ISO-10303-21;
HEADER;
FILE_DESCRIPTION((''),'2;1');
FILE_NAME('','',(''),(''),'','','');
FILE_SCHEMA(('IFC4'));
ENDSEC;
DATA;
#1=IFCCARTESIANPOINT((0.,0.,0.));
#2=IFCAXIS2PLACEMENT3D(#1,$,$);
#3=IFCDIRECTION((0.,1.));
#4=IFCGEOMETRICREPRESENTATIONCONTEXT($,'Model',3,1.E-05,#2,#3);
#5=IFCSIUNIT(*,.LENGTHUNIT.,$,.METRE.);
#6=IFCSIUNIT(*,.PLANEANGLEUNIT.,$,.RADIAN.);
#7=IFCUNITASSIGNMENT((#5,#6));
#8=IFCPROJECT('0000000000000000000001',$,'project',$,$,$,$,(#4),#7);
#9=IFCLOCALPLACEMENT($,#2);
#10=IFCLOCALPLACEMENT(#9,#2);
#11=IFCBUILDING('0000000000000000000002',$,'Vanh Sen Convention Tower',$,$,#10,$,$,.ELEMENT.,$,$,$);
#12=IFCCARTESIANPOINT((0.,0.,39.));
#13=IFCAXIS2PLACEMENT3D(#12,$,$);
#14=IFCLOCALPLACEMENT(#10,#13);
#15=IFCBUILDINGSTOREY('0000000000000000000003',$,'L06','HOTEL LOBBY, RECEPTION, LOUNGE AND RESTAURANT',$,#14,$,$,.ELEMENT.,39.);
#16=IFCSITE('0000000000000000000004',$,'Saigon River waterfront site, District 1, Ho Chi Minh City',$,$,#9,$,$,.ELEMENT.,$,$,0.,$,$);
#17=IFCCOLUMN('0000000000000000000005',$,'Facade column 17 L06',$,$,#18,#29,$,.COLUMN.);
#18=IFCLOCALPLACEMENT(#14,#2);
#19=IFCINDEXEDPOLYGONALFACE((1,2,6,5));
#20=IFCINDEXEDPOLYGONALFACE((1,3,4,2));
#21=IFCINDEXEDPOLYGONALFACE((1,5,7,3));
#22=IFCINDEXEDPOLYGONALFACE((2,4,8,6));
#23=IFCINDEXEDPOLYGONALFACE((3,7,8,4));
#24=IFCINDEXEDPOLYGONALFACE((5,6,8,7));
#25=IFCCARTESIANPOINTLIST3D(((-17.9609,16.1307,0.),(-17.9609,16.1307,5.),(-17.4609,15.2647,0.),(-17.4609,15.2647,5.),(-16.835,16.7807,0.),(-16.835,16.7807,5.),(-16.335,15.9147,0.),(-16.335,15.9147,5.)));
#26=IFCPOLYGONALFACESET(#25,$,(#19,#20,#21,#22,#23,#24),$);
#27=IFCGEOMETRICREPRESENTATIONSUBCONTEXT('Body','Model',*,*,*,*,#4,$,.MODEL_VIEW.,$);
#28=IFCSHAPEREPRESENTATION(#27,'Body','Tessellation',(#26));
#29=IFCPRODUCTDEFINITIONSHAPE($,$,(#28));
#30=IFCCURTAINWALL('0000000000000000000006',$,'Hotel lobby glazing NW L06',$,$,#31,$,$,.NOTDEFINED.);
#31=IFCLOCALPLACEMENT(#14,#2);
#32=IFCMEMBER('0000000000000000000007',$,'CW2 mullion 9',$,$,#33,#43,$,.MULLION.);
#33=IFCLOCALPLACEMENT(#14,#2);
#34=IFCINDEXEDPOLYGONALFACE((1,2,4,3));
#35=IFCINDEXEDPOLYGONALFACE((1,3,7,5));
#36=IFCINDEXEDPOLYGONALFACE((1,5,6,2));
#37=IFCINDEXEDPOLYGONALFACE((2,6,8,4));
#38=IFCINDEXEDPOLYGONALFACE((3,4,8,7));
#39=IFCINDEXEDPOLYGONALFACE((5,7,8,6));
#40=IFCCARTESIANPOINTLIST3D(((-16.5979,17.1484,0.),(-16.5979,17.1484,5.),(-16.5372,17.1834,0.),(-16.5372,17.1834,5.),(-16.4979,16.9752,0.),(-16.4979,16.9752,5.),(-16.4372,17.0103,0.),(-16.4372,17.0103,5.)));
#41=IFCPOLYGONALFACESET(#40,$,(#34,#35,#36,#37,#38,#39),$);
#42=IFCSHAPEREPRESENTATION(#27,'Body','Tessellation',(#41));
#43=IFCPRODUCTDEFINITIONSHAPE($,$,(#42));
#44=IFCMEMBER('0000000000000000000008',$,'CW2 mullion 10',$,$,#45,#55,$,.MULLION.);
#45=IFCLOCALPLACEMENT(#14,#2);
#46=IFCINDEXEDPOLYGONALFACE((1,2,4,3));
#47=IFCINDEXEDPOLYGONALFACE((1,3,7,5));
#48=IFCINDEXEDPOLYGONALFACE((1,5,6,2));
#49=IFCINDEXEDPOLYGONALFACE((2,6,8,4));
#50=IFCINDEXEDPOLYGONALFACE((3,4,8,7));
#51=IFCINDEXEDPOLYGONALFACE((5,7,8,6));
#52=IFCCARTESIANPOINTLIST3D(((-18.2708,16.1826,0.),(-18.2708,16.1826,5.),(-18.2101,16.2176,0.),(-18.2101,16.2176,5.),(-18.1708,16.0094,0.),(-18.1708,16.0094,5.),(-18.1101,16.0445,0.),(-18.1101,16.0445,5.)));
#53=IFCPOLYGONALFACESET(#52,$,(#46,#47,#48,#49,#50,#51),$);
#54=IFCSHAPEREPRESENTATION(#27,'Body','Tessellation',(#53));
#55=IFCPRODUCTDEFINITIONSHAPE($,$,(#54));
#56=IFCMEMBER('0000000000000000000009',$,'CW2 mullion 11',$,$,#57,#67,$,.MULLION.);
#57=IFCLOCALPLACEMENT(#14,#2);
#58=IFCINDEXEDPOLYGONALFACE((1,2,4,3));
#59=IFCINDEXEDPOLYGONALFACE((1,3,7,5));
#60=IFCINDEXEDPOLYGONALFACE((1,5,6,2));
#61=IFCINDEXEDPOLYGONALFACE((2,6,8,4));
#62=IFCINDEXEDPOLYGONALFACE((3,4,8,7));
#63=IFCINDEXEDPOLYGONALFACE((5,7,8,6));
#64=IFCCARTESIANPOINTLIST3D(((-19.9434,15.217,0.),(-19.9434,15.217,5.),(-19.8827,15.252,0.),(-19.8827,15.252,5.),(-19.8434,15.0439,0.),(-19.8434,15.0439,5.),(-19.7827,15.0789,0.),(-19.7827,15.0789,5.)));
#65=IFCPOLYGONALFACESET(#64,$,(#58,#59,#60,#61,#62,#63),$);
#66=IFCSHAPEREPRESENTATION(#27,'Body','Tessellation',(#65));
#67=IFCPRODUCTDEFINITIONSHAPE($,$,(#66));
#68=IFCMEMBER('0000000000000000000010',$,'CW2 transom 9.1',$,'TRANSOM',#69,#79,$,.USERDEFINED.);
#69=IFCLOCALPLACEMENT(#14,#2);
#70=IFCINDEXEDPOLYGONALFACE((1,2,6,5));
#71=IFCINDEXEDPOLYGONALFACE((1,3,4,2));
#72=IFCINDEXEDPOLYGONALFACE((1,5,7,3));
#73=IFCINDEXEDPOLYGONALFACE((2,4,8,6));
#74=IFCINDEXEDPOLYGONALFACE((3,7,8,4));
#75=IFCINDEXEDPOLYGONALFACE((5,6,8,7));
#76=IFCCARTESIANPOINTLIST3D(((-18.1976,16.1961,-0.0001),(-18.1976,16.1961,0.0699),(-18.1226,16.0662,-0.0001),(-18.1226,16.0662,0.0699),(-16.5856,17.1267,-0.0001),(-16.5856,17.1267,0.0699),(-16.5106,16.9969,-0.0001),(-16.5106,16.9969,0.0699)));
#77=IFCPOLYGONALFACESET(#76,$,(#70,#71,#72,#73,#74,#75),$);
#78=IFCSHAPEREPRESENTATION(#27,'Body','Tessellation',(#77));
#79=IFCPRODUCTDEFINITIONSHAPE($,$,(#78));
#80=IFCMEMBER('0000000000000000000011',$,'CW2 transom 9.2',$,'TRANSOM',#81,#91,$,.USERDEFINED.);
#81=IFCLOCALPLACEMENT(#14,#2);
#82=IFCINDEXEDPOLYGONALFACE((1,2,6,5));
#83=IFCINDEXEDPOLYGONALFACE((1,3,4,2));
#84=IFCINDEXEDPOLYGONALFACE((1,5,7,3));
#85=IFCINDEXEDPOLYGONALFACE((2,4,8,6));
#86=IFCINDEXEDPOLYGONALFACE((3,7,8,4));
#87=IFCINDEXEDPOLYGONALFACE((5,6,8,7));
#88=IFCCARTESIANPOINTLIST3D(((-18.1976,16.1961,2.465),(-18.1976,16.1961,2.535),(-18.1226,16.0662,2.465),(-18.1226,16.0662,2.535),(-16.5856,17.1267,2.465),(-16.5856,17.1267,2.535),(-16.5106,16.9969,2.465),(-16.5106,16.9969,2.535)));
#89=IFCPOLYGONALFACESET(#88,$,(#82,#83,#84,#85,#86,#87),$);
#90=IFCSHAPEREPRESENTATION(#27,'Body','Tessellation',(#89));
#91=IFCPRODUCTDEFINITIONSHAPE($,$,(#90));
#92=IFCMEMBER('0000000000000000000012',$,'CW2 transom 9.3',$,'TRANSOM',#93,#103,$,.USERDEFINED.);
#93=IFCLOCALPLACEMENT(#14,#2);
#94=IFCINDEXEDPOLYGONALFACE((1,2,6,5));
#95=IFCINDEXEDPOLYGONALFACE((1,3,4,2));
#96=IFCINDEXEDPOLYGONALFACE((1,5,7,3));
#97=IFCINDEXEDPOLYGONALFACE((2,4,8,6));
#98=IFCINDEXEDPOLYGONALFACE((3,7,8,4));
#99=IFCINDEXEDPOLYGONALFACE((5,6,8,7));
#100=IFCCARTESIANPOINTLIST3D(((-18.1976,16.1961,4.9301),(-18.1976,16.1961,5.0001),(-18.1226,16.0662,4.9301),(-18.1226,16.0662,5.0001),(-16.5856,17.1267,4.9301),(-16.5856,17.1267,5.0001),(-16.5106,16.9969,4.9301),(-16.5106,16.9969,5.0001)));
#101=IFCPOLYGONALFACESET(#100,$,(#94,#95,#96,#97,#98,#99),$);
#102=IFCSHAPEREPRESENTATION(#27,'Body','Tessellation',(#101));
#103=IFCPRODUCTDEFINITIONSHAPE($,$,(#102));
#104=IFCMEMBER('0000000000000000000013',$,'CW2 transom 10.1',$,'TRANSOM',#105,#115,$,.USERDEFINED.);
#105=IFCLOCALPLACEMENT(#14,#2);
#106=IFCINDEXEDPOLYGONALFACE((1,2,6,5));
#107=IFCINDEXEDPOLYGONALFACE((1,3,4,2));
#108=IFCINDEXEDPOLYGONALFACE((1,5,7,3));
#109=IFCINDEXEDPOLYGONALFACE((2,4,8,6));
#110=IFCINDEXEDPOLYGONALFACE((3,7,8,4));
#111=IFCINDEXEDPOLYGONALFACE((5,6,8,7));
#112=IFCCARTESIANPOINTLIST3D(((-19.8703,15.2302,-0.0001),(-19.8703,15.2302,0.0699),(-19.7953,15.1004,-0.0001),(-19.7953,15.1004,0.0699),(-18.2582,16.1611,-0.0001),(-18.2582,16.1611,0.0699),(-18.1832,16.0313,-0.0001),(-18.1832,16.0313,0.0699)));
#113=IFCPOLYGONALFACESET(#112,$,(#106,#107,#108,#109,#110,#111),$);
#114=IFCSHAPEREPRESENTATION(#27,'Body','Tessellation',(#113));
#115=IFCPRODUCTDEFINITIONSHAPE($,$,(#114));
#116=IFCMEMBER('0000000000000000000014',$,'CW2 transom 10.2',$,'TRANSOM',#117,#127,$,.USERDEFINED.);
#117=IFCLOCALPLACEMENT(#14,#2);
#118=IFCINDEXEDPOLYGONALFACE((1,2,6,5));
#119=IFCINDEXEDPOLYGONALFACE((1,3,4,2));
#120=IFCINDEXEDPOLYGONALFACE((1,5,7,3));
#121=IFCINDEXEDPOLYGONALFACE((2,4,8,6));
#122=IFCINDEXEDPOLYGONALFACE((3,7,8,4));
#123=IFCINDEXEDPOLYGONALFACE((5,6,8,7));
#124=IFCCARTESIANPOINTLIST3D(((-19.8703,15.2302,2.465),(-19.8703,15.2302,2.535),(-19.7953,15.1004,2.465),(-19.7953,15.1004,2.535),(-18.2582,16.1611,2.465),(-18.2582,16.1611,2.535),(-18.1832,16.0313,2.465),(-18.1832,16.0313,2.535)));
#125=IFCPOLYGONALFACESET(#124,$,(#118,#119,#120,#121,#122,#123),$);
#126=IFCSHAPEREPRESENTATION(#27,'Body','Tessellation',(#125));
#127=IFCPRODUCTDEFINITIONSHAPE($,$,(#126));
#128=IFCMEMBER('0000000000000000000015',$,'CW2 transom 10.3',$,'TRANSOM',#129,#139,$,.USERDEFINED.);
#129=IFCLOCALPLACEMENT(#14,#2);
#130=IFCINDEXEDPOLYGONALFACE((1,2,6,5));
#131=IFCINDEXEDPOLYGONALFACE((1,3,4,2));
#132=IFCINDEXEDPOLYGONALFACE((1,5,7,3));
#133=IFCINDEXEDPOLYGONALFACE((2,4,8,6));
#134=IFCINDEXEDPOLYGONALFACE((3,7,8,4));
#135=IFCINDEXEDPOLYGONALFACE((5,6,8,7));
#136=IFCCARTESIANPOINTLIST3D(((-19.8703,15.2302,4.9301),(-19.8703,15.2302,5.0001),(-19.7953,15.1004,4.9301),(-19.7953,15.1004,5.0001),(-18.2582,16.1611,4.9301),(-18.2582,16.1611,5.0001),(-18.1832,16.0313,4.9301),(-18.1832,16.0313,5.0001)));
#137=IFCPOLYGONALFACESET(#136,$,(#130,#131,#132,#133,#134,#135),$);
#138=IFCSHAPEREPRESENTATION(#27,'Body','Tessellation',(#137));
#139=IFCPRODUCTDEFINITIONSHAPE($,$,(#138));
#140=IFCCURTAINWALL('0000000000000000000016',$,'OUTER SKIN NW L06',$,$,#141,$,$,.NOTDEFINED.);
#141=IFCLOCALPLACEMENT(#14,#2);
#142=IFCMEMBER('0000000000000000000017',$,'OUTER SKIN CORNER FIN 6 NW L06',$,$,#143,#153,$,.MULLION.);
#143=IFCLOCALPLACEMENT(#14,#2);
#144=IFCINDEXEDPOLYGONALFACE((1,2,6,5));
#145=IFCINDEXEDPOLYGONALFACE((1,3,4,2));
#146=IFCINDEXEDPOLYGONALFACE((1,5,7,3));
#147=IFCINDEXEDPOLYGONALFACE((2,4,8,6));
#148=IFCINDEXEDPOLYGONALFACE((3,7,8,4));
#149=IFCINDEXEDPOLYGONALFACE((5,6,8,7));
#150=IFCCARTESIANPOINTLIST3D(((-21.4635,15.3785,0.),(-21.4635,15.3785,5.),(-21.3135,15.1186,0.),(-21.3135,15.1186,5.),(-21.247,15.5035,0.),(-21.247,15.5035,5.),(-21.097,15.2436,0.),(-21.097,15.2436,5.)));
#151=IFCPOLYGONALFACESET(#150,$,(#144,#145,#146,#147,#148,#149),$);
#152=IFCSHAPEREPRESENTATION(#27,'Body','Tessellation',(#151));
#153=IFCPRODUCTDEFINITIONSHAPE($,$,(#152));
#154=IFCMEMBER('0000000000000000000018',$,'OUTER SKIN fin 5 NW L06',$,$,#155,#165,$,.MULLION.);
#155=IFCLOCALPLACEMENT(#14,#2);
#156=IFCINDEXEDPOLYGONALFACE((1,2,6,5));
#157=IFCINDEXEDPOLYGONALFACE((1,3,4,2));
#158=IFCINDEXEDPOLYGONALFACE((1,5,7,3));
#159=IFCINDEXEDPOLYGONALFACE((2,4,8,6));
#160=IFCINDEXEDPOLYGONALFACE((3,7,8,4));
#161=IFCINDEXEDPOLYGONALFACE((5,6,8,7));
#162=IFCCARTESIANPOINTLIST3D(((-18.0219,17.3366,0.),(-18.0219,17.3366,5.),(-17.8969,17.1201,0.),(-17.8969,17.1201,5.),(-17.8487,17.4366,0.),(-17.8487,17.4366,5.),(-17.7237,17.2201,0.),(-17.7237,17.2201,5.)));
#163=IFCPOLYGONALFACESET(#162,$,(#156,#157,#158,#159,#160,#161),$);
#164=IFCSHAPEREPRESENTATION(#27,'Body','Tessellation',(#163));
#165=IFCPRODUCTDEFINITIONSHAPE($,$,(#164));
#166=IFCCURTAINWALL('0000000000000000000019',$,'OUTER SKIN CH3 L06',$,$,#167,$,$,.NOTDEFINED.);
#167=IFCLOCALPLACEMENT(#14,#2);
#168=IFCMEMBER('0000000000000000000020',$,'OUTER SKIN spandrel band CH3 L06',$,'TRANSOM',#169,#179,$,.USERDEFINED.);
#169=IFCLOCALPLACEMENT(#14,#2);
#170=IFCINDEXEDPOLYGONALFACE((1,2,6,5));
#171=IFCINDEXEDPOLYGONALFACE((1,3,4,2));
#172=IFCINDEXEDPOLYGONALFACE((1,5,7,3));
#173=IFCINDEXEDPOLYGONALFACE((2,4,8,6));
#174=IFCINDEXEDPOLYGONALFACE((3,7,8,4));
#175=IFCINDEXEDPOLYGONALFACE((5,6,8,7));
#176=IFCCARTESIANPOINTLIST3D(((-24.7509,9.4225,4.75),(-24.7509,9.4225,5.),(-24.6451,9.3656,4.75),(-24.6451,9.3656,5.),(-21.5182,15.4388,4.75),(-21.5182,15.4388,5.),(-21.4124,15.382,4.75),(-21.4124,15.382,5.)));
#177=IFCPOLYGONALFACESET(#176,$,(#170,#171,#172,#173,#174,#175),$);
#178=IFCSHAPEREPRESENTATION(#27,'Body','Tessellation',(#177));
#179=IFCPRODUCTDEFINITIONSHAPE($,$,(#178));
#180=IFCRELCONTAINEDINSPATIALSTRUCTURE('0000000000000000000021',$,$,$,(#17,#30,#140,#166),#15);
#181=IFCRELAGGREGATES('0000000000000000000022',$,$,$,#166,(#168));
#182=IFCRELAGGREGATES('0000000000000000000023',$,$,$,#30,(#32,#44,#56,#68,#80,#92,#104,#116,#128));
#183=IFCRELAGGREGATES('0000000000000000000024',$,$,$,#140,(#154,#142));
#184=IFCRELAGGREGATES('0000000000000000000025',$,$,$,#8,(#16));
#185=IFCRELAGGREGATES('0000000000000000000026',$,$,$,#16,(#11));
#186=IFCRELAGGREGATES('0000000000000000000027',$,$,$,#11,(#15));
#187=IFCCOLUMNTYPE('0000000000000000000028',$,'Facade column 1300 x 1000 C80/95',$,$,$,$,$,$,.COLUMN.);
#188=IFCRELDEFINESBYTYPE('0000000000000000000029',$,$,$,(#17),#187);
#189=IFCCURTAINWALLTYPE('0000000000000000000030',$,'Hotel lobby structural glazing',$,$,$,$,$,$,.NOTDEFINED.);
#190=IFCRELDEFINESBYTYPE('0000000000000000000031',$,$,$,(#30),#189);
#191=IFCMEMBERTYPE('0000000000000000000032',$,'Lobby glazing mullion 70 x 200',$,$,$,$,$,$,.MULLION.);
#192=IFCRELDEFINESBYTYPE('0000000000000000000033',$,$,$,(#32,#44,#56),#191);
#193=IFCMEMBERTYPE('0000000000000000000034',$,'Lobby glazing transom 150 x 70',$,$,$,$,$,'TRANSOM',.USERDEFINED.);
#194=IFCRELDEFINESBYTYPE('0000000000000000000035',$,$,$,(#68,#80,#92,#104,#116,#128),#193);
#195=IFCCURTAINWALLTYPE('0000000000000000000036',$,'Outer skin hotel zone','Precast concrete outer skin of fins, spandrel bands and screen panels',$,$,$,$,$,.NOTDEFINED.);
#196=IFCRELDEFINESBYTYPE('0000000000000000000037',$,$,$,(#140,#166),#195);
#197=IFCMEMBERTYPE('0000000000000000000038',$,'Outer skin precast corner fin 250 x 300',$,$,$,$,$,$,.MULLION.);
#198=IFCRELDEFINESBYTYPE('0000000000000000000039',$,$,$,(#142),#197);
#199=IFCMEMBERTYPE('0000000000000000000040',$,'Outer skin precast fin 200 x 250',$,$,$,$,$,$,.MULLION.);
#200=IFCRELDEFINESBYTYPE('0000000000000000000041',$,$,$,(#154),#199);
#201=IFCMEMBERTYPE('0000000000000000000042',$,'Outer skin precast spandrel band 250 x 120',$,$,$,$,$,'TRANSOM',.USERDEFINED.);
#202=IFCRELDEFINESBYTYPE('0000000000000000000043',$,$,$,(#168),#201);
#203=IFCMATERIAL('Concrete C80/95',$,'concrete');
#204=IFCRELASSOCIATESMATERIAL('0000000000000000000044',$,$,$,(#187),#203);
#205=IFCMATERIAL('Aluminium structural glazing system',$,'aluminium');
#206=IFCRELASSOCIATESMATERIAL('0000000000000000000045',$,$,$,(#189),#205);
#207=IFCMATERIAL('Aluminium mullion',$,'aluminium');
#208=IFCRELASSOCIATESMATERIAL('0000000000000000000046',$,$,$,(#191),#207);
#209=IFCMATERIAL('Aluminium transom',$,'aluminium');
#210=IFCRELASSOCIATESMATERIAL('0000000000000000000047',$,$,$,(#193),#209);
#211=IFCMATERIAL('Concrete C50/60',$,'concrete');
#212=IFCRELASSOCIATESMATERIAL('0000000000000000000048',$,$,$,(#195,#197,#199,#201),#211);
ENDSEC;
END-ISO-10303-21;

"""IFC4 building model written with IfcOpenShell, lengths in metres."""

from ifc_helpers import new_model, si_unit, direction, frame, origin, origin_2d, place, context, subcontext, project, spatial, rectangle, extrude, material, material_profile, profile_set, type_object, element, aggregate, save


model = new_model("IFC4")

# Units and contexts
model_context = context("Model", 3, precision=1e-05, world=origin(), true_north=direction((0.0, 1.0)))
body_context = subcontext(model_context, "Body", "Model", "MODEL_VIEW")
ifc_project = project(units=[si_unit("LENGTHUNIT", "METRE"), si_unit("PLANEANGLEUNIT", "RADIAN")], contexts=[model_context])

# Site, building, storey
site_placement = place(None, origin())
site = spatial("IfcSite", under=ifc_project, at=site_placement, Name="Saigon River waterfront site, District 1, Ho Chi Minh City", CompositionType="ELEMENT", RefElevation=0.0)
building_placement = place(site_placement, origin())
building = spatial("IfcBuilding", under=site, at=building_placement, Name="Vanh Sen Convention Tower", CompositionType="ELEMENT")
storey_placement = place(building_placement, frame((0.0, 0.0, 39.0)))
storey = spatial("IfcBuildingStorey", under=building, at=storey_placement, Name="L06", Description="HOTEL LOBBY, RECEPTION, LOUNGE AND RESTAURANT", CompositionType="ELEMENT", Elevation=39.0)

# Column
ifc_material_1 = material(Name="Concrete C80/95", Category="concrete")
ifc_material_profile_1 = material_profile(ifc_material_1, rectangle(XDim=1.3, YDim=1.0, at=origin_2d()), Name="RC 1300X1000")
ifc_profile_set_1 = profile_set([ifc_material_profile_1], Name="Concrete C80/95")
column_type = type_object("IfcColumnType", Name="Facade column 1300 x 1000 C80/95", PredefinedType="COLUMN", material=ifc_profile_set_1)
column_placement = place(storey_placement, frame((-17.1479, 16.0227, 0.0), z_axis=(0.0, 0.0, 1.0), x_axis=(-0.866025, -0.5, 0.0)))
element("IfcColumn", 1, at=column_placement, inside=storey, type_object=column_type, Name="Facade column 17 L06", PredefinedType="COLUMN", context=body_context, shape_type="SweptSolid", body=[
    extrude(rectangle(XDim=1.3, YDim=1.0, at=origin_2d()), origin(), (0.0, 0.0, 1.0), 5.0),
])

# Curtain walls, members
ifc_material_2 = material(Name="Aluminium structural glazing system", Category="aluminium")
curtain_wall_type_1 = type_object("IfcCurtainWallType", Name="Hotel lobby structural glazing", PredefinedType="NOTDEFINED", material=ifc_material_2)
curtain_wall_1_placement = place(storey_placement, origin())
curtain_wall_1 = element("IfcCurtainWall", 2, at=curtain_wall_1_placement, inside=storey, type_object=curtain_wall_type_1, Name="Hotel lobby glazing NW L06", PredefinedType="NOTDEFINED")
ifc_material_3 = material(Name="Aluminium mullion", Category="aluminium")
ifc_material_profile_2 = material_profile(ifc_material_3, rectangle(XDim=0.2, YDim=0.0701, at=origin_2d()), Name="Lobby glazing mullion 70 x 200")
ifc_profile_set_2 = profile_set([ifc_material_profile_2], Name="Aluminium mullion")
member_type_1 = type_object("IfcMemberType", Name="Lobby glazing mullion 70 x 200", PredefinedType="MULLION", material=ifc_profile_set_2)
member_1_placement = place(storey_placement, frame((-16.5176, 17.0793, 0.0), z_axis=(0.0, 0.0, 1.0), x_axis=(0.500001, -0.866025, 0.0)))
member_1 = element("IfcMember", 3, at=member_1_placement, type_object=member_type_1, Name="CW2 mullion 9", PredefinedType="MULLION", context=body_context, shape_type="SweptSolid", body=[
    extrude(rectangle(XDim=0.2, YDim=0.0701, at=origin_2d()), origin(), (0.0, 0.0, 1.0), 5.0),
])
member_2_placement = place(storey_placement, frame((-18.1904, 16.1135, 0.0), z_axis=(0.0, 0.0, 1.0), x_axis=(0.500001, -0.866025, 0.0)))
member_2 = element("IfcMember", 4, at=member_2_placement, type_object=member_type_1, Name="CW2 mullion 10", PredefinedType="MULLION", context=body_context, shape_type="SweptSolid", body=[
    extrude(rectangle(XDim=0.2, YDim=0.0701, at=origin_2d()), origin(), (0.0, 0.0, 1.0), 5.0),
])
member_3_placement = place(storey_placement, frame((-19.863, 15.1479, 0.0), z_axis=(0.0, 0.0, 1.0), x_axis=(0.500001, -0.866025, 0.0)))
member_3 = element("IfcMember", 5, at=member_3_placement, type_object=member_type_1, Name="CW2 mullion 11", PredefinedType="MULLION", context=body_context, shape_type="SweptSolid", body=[
    extrude(rectangle(XDim=0.2, YDim=0.0701, at=origin_2d()), origin(), (0.0, 0.0, 1.0), 5.0),
])
ifc_material_4 = material(Name="Aluminium transom", Category="aluminium")
ifc_material_profile_3 = material_profile(ifc_material_4, rectangle(XDim=0.1499, YDim=0.0701, at=origin_2d()), Name="Lobby glazing transom 150 x 70")
ifc_profile_set_3 = profile_set([ifc_material_profile_3], Name="Aluminium transom")
member_type_2 = type_object("IfcMemberType", Name="Lobby glazing transom 150 x 70", ElementType="TRANSOM", PredefinedType="USERDEFINED", material=ifc_profile_set_3)
member_4_placement = place(storey_placement, frame((-16.5481, 17.0618, 0.0349), z_axis=(-0.866039, -0.499976, 0.0), x_axis=(0.499976, -0.866039, 0.0)))
member_4 = element("IfcMember", 6, at=member_4_placement, type_object=member_type_2, Name="CW2 transom 9.1", ObjectType="TRANSOM", PredefinedType="USERDEFINED", context=body_context, shape_type="SweptSolid", body=[
    extrude(rectangle(XDim=0.1499, YDim=0.0701, at=origin_2d()), origin(), (0.0, 0.0, 1.0), 1.8613),
])
member_5_placement = place(storey_placement, frame((-16.5481, 17.0618, 2.5), z_axis=(-0.866039, -0.499976, 0.0), x_axis=(0.499976, -0.866039, 0.0)))
member_5 = element("IfcMember", 7, at=member_5_placement, type_object=member_type_2, Name="CW2 transom 9.2", ObjectType="TRANSOM", PredefinedType="USERDEFINED", context=body_context, shape_type="SweptSolid", body=[
    extrude(rectangle(XDim=0.1499, YDim=0.0701, at=origin_2d()), origin(), (0.0, 0.0, 1.0), 1.8613),
])
member_6_placement = place(storey_placement, frame((-16.5481, 17.0618, 4.9651), z_axis=(-0.866039, -0.499976, 0.0), x_axis=(0.499976, -0.866039, 0.0)))
member_6 = element("IfcMember", 8, at=member_6_placement, type_object=member_type_2, Name="CW2 transom 9.3", ObjectType="TRANSOM", PredefinedType="USERDEFINED", context=body_context, shape_type="SweptSolid", body=[
    extrude(rectangle(XDim=0.1499, YDim=0.0701, at=origin_2d()), origin(), (0.0, 0.0, 1.0), 1.8613),
])
member_7_placement = place(storey_placement, frame((-18.2207, 16.0962, 0.0349), z_axis=(-0.865982, -0.500074, 0.0), x_axis=(0.500074, -0.865982, 0.0)))
member_7 = element("IfcMember", 9, at=member_7_placement, type_object=member_type_2, Name="CW2 transom 10.1", ObjectType="TRANSOM", PredefinedType="USERDEFINED", context=body_context, shape_type="SweptSolid", body=[
    extrude(rectangle(XDim=0.1499, YDim=0.0701, at=origin_2d()), origin(), (0.0, 0.0, 1.0), 1.8616),
])
member_8_placement = place(storey_placement, frame((-18.2207, 16.0962, 2.5), z_axis=(-0.865982, -0.500074, 0.0), x_axis=(0.500074, -0.865982, 0.0)))
member_8 = element("IfcMember", 10, at=member_8_placement, type_object=member_type_2, Name="CW2 transom 10.2", ObjectType="TRANSOM", PredefinedType="USERDEFINED", context=body_context, shape_type="SweptSolid", body=[
    extrude(rectangle(XDim=0.1499, YDim=0.0701, at=origin_2d()), origin(), (0.0, 0.0, 1.0), 1.8616),
])
member_9_placement = place(storey_placement, frame((-18.2207, 16.0962, 4.9651), z_axis=(-0.865982, -0.500074, 0.0), x_axis=(0.500074, -0.865982, 0.0)))
member_9 = element("IfcMember", 11, at=member_9_placement, type_object=member_type_2, Name="CW2 transom 10.3", ObjectType="TRANSOM", PredefinedType="USERDEFINED", context=body_context, shape_type="SweptSolid", body=[
    extrude(rectangle(XDim=0.1499, YDim=0.0701, at=origin_2d()), origin(), (0.0, 0.0, 1.0), 1.8616),
])
ifc_material_5 = material(Name="Concrete C50/60", Category="concrete")
curtain_wall_type_2 = type_object("IfcCurtainWallType", Name="Outer skin hotel zone", Description="Precast concrete outer skin of fins, spandrel bands and screen panels", PredefinedType="NOTDEFINED", material=ifc_material_5)
curtain_wall_2_placement = place(storey_placement, origin())
curtain_wall_2 = element("IfcCurtainWall", 12, at=curtain_wall_2_placement, inside=storey, type_object=curtain_wall_type_2, Name="OUTER SKIN NW L06", PredefinedType="NOTDEFINED")
ifc_material_profile_4 = material_profile(ifc_material_5, rectangle(XDim=0.25, YDim=0.3, at=origin_2d()), Name="Outer skin precast corner fin 250 x 300")
ifc_profile_set_4 = profile_set([ifc_material_profile_4], Name="Concrete C50/60")
member_type_3 = type_object("IfcMemberType", Name="Outer skin precast corner fin 250 x 300", PredefinedType="MULLION", material=ifc_profile_set_4)
member_10_placement = place(storey_placement, frame((-21.2803, 15.311, 0.0), z_axis=(0.0, 0.0, 1.0), x_axis=(-0.866025, -0.5, 0.0)))
member_10 = element("IfcMember", 13, at=member_10_placement, type_object=member_type_3, Name="OUTER SKIN CORNER FIN 6 NW L06", PredefinedType="MULLION", context=body_context, shape_type="SweptSolid", body=[
    extrude(rectangle(XDim=0.25, YDim=0.3, at=origin_2d()), origin(), (0.0, 0.0, 1.0), 5.0),
])
ifc_material_profile_5 = material_profile(ifc_material_5, rectangle(XDim=0.2, YDim=0.25, at=origin_2d()), Name="Outer skin precast fin 200 x 250")
ifc_profile_set_5 = profile_set([ifc_material_profile_5], Name="Concrete C50/60")
member_type_4 = type_object("IfcMemberType", Name="Outer skin precast fin 200 x 250", PredefinedType="MULLION", material=ifc_profile_set_5)
member_11_placement = place(storey_placement, frame((-17.8728, 17.2783, 0.0), z_axis=(0.0, 0.0, 1.0), x_axis=(-0.866025, -0.5, 0.0)))
member_11 = element("IfcMember", 14, at=member_11_placement, type_object=member_type_4, Name="OUTER SKIN fin 5 NW L06", PredefinedType="MULLION", context=body_context, shape_type="SweptSolid", body=[
    extrude(rectangle(XDim=0.2, YDim=0.25, at=origin_2d()), origin(), (0.0, 0.0, 1.0), 5.0),
])

# Curtain wall, member
curtain_wall_3_placement = place(storey_placement, origin())
curtain_wall_3 = element("IfcCurtainWall", 15, at=curtain_wall_3_placement, inside=storey, type_object=curtain_wall_type_2, Name="OUTER SKIN CH3 L06", PredefinedType="NOTDEFINED")
ifc_material_profile_6 = material_profile(ifc_material_5, rectangle(XDim=0.1201, YDim=0.25, at=origin_2d()), Name="Outer skin precast spandrel band 250 x 120")
ifc_profile_set_6 = profile_set([ifc_material_profile_6], Name="Concrete C50/60")
member_type_5 = type_object("IfcMemberType", Name="Outer skin precast spandrel band 250 x 120", ElementType="TRANSOM", PredefinedType="USERDEFINED", material=ifc_profile_set_6)
member_12_placement = place(storey_placement, frame((-21.4653, 15.4104, 4.875), z_axis=(-0.473315, -0.880893, 0.0), x_axis=(0.880893, -0.473315, 0.0)))
member_12 = element("IfcMember", 16, at=member_12_placement, type_object=member_type_5, Name="OUTER SKIN spandrel band CH3 L06", ObjectType="TRANSOM", PredefinedType="USERDEFINED", context=body_context, shape_type="SweptSolid", body=[
    extrude(rectangle(XDim=0.1201, YDim=0.25, at=origin_2d()), origin(), (0.0, 0.0, 1.0), 6.8298),
])
aggregate(curtain_wall_3, [member_12])

aggregate(curtain_wall_1, [member_1, member_2, member_3, member_4, member_5, member_6, member_7, member_8, member_9])
aggregate(curtain_wall_2, [member_11, member_10])

save(model, "model.ifc")
